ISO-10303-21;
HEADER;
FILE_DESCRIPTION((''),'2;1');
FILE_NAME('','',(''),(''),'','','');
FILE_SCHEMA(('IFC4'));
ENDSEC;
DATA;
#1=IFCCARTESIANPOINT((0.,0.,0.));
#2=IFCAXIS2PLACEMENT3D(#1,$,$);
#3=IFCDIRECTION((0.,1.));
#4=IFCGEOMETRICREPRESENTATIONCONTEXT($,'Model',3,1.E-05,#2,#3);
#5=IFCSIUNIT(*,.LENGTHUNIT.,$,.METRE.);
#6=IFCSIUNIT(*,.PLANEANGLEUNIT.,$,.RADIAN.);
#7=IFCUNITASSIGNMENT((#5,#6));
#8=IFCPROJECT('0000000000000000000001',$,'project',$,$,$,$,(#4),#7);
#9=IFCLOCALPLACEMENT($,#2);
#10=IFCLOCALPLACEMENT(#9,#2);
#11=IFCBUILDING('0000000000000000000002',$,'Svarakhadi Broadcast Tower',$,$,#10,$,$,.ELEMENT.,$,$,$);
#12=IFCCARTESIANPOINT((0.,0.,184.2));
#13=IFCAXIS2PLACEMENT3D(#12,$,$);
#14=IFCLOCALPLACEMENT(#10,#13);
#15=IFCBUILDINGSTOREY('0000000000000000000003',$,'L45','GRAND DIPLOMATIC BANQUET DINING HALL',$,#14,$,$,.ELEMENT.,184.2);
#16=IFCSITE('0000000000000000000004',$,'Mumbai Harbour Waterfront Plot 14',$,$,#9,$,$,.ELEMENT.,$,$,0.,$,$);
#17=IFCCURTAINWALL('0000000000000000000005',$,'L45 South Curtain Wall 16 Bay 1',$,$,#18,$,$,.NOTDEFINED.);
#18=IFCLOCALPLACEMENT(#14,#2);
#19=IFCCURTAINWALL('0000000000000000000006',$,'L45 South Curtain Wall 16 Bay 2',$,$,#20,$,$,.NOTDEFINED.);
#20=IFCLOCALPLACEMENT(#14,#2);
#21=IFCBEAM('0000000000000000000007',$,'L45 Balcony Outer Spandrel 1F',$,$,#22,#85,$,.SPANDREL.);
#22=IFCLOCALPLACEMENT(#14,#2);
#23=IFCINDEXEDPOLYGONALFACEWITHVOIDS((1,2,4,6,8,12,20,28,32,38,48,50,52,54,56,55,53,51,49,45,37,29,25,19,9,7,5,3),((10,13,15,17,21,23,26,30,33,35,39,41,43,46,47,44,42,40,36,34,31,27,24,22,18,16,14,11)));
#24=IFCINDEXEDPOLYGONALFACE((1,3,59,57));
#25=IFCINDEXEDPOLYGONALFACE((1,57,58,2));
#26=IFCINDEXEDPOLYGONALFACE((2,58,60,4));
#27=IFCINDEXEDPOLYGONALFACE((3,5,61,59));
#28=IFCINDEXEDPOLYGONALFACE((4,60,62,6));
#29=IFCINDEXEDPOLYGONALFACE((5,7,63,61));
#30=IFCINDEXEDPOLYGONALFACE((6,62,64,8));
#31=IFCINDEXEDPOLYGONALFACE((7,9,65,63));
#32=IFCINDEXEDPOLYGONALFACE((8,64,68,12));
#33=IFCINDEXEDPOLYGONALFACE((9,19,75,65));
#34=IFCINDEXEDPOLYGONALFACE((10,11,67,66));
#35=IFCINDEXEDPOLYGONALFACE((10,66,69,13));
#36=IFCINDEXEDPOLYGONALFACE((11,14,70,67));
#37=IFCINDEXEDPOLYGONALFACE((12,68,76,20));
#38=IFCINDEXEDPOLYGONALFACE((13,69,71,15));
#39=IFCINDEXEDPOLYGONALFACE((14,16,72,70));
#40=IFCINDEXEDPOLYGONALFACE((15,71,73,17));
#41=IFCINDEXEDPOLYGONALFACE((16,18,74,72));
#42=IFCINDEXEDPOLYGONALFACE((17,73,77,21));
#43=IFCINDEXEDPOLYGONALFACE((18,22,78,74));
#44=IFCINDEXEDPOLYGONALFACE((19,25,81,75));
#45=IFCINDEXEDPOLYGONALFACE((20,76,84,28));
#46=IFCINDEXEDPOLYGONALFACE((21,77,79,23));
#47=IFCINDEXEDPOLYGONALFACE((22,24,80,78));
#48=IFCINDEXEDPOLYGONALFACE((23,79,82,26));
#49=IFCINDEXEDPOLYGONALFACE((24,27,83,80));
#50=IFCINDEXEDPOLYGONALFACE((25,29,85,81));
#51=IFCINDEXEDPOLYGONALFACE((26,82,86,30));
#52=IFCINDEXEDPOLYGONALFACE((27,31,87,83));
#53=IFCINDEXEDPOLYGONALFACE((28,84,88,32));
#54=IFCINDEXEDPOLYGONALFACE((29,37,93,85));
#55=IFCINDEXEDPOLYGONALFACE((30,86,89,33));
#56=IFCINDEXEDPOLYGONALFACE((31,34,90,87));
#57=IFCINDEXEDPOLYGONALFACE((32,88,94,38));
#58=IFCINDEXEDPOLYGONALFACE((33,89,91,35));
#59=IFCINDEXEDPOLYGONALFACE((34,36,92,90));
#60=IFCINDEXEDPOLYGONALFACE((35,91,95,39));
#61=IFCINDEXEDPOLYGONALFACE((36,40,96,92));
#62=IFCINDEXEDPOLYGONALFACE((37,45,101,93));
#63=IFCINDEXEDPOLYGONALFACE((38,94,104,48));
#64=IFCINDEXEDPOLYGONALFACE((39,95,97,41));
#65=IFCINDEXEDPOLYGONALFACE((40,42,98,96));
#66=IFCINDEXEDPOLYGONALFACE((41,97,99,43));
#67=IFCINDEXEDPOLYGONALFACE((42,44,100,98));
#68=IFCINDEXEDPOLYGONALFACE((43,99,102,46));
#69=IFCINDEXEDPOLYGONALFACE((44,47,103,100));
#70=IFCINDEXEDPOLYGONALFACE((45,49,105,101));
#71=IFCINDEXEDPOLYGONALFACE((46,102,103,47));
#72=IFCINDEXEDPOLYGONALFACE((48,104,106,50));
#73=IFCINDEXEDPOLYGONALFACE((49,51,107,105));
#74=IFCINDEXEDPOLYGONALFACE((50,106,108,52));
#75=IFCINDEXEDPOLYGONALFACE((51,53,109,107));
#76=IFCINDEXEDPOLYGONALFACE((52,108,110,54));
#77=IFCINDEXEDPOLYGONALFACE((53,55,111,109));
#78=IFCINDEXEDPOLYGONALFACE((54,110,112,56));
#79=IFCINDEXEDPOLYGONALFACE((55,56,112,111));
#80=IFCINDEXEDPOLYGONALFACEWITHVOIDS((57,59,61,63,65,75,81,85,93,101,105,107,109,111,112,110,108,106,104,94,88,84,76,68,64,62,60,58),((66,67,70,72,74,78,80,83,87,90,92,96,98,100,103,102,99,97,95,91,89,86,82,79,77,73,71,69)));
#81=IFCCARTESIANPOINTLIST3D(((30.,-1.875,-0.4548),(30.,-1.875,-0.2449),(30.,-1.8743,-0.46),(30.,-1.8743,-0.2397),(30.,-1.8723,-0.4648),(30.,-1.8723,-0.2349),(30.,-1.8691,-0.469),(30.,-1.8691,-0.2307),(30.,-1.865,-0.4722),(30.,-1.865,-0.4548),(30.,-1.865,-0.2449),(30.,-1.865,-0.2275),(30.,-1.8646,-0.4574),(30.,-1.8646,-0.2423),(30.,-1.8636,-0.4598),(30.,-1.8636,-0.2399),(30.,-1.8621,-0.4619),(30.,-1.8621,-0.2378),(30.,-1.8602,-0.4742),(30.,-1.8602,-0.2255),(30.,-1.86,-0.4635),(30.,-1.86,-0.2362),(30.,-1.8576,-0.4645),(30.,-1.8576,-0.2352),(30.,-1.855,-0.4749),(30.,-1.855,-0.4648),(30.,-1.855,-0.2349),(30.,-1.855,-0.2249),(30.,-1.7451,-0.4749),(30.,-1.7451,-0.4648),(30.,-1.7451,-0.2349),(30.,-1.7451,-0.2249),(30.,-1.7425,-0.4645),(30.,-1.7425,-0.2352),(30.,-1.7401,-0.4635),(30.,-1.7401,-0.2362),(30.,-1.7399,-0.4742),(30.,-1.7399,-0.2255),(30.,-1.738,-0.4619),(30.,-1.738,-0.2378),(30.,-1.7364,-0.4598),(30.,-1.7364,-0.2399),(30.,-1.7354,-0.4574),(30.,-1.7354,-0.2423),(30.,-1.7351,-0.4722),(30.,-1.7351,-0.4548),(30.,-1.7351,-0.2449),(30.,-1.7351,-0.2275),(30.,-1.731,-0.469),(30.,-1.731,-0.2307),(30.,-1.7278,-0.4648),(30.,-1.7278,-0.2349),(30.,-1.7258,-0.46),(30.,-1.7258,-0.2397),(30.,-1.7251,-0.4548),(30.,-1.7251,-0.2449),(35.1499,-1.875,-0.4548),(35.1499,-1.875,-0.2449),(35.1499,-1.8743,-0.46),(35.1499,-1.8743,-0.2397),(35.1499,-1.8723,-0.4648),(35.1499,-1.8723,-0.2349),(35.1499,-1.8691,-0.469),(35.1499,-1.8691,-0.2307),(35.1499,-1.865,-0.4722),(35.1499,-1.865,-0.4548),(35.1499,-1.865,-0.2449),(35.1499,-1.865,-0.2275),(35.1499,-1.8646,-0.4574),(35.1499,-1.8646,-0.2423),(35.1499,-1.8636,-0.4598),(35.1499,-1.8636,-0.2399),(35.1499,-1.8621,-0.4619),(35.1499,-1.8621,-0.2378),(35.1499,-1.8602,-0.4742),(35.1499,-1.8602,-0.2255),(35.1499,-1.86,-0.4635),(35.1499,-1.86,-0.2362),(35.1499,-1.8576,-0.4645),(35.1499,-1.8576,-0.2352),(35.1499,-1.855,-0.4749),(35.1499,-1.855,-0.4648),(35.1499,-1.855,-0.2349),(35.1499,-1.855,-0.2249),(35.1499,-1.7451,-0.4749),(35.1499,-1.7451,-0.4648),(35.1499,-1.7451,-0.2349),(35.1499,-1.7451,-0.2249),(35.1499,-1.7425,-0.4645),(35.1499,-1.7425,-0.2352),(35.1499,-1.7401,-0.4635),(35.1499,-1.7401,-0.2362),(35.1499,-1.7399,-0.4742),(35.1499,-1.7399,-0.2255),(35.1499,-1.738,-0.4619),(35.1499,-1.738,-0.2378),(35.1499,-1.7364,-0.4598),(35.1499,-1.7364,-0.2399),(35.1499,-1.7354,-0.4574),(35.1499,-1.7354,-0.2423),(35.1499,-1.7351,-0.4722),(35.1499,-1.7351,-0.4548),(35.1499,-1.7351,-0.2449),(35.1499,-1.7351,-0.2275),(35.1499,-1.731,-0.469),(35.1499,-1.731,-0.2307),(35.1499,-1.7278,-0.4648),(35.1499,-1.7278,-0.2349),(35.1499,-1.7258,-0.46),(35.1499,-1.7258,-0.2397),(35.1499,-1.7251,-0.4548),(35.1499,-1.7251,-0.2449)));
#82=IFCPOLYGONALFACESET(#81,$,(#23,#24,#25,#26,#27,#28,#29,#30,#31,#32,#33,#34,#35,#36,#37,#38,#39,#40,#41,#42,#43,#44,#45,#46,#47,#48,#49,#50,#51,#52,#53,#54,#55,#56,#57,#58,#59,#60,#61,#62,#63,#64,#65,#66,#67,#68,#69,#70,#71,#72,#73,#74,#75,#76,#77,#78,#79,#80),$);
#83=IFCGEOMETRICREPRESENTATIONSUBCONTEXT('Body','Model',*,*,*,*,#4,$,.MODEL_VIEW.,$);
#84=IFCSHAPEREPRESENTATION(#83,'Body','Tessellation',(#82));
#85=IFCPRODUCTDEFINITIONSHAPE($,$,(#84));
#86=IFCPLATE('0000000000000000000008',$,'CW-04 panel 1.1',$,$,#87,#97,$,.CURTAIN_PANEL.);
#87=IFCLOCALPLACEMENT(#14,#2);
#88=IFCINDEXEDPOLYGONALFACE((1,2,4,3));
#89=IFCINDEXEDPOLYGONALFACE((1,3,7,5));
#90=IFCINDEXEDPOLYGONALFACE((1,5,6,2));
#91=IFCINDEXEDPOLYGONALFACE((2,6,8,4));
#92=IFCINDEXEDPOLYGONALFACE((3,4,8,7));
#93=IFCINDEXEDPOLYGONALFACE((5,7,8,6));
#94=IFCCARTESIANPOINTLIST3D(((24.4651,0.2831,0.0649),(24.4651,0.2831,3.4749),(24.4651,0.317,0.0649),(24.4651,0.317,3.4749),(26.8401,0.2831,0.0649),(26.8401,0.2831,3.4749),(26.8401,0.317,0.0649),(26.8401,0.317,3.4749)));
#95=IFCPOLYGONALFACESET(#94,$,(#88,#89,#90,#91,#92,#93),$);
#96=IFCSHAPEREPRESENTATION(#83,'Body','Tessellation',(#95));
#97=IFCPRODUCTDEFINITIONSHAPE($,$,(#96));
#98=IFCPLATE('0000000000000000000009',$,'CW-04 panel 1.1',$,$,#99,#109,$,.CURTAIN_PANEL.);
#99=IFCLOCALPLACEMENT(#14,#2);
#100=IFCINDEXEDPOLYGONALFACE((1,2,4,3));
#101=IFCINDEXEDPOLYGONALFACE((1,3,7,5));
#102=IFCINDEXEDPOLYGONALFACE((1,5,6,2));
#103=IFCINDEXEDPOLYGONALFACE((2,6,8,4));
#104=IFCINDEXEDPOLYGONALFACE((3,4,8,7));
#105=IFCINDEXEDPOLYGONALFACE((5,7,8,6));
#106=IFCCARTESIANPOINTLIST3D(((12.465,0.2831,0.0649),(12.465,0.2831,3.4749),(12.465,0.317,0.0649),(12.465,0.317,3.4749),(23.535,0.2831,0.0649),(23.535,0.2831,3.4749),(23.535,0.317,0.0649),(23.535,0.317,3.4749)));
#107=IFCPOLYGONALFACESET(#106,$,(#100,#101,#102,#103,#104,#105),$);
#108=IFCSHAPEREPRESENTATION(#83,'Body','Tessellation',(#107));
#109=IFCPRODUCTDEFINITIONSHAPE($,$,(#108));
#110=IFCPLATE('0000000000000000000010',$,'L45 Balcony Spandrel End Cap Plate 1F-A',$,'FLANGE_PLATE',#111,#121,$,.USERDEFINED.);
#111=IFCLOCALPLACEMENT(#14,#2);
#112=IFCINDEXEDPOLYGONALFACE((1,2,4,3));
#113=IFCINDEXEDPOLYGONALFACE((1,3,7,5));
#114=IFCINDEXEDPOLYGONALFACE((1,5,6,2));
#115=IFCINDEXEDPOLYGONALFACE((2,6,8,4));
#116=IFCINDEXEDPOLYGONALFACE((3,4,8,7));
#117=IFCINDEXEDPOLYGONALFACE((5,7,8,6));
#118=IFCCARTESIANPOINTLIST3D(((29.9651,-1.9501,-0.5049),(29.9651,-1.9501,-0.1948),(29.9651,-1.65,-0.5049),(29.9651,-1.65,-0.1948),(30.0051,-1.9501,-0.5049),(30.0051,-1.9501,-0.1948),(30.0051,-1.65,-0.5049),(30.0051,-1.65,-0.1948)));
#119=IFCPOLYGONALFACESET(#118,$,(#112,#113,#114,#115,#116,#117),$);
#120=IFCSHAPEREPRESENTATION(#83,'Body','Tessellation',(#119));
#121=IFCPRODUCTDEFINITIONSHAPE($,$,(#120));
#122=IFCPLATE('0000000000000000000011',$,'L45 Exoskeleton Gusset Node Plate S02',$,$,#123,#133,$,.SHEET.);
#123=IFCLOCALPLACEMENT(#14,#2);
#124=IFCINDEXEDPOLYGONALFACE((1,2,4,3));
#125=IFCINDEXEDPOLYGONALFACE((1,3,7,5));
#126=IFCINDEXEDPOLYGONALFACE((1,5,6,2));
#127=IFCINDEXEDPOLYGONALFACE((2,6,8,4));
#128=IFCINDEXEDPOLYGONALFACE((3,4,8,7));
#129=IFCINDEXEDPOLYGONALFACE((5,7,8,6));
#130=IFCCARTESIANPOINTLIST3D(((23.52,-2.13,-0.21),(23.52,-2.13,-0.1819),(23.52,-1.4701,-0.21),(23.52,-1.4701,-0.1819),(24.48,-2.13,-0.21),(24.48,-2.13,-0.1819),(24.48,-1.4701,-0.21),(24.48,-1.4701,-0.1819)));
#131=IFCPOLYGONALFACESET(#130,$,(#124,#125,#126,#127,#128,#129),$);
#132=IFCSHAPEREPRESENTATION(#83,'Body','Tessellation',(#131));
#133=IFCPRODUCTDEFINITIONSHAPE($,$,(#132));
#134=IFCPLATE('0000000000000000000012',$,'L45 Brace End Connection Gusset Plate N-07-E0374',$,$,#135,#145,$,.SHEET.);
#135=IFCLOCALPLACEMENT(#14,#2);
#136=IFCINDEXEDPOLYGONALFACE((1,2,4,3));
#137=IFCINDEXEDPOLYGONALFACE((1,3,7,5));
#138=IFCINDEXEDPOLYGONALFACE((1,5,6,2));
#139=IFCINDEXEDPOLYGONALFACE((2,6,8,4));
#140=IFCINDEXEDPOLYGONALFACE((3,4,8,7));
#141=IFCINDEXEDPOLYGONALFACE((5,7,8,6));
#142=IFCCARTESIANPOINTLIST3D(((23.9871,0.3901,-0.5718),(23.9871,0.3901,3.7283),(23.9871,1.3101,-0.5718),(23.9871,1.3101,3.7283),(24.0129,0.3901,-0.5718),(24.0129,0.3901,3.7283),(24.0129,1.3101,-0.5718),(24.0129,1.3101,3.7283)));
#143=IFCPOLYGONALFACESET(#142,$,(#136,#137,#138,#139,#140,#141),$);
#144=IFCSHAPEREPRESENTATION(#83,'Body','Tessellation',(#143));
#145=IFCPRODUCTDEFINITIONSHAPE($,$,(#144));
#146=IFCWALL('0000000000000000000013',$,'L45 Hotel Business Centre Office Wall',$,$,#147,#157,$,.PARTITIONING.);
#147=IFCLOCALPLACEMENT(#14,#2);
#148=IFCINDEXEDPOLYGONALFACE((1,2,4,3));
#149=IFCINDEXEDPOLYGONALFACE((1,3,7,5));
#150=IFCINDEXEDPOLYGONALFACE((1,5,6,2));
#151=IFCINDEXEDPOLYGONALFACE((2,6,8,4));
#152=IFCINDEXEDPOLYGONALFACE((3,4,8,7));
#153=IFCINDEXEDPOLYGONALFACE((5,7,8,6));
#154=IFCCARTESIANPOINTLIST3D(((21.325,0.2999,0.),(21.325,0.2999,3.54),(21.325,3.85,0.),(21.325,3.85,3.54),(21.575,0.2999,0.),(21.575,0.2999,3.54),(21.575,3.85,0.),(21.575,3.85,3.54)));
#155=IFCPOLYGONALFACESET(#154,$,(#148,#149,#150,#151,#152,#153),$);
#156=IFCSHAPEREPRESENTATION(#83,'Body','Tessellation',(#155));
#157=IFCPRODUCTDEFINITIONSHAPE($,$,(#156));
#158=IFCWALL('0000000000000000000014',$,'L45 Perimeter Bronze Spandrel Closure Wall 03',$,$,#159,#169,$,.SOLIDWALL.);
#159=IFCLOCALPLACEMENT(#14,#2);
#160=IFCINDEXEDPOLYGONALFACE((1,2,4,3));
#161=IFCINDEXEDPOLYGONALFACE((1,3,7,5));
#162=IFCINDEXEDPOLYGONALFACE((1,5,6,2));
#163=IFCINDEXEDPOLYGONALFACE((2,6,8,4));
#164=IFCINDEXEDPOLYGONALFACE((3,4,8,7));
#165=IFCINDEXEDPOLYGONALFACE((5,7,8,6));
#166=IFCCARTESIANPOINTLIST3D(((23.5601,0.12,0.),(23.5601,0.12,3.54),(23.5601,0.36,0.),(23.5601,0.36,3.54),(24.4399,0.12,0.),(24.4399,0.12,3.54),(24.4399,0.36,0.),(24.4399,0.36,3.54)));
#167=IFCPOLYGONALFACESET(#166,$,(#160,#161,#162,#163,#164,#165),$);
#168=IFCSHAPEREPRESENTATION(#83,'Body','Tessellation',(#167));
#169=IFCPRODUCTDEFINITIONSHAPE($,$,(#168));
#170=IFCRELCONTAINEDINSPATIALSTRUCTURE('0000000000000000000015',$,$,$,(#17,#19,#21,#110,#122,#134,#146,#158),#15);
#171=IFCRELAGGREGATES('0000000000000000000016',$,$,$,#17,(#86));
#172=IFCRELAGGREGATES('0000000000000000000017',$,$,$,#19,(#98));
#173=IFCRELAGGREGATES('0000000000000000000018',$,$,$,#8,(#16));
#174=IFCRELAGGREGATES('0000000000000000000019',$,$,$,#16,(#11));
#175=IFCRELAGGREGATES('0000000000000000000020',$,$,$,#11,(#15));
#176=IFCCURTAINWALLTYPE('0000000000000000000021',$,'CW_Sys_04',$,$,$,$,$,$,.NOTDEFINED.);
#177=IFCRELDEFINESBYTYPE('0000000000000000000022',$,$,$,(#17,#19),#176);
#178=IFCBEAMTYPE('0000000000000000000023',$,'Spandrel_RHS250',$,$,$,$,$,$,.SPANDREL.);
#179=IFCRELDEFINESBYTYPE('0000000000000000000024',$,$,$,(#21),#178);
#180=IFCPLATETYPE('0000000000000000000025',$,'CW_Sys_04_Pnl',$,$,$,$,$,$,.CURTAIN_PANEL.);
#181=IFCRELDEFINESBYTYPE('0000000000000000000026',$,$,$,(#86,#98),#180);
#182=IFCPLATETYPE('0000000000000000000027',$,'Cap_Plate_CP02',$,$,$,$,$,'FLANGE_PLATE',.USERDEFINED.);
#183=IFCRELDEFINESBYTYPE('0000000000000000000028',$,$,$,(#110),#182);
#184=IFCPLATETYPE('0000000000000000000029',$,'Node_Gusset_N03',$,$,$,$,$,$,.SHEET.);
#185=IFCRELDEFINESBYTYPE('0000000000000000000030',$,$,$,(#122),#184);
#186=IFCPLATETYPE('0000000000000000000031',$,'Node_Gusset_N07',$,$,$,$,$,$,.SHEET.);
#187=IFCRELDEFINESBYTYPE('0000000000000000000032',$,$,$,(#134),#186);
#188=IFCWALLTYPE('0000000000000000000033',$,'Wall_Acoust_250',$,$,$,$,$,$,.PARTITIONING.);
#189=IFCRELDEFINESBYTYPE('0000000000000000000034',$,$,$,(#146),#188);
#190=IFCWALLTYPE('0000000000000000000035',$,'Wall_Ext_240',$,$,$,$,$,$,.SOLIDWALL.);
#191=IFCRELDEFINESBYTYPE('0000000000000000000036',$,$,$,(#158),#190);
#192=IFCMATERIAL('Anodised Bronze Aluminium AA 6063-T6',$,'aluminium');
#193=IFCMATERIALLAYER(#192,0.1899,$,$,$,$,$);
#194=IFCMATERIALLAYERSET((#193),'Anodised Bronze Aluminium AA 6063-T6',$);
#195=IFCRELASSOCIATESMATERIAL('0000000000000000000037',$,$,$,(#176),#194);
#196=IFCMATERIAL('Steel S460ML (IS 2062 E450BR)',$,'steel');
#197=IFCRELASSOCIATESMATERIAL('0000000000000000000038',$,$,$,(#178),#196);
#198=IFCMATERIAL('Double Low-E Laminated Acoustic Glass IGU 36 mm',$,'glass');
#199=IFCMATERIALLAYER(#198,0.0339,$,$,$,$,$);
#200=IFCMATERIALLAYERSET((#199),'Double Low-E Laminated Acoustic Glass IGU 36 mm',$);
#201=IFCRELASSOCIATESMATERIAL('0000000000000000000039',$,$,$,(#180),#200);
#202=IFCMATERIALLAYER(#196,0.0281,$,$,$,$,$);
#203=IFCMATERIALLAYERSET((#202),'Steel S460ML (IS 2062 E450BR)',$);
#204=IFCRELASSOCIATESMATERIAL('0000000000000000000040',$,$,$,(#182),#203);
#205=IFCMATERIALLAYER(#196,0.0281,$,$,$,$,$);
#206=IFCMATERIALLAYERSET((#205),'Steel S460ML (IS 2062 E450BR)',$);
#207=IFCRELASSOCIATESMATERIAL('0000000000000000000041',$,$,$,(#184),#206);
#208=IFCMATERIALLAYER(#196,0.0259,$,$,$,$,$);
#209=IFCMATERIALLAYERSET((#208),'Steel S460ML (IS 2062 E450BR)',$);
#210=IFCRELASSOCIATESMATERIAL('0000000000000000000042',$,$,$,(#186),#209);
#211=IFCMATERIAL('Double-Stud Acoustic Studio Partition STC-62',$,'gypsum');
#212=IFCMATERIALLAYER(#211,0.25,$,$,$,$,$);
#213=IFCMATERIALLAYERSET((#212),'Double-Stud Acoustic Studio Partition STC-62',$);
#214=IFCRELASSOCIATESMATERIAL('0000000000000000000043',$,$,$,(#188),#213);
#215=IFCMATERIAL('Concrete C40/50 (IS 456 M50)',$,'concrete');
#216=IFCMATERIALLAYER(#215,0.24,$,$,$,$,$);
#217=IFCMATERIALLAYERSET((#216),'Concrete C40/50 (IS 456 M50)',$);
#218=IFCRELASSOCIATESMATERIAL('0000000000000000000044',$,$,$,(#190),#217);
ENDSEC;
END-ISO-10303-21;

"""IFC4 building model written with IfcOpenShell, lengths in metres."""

from ifc_helpers import new_model, si_unit, direction, frame, frame_2d, origin, origin_2d, place, context, subcontext, project, spatial, rectangle, hollow_rectangle, extrude, material, layer, layer_set, material_profile, profile_set, type_object, element, aggregate, save


model = new_model("IFC4")

# Units and contexts
model_context = context("Model", 3, precision=1e-05, world=origin(), true_north=direction((0.0, 1.0)))
body_context = subcontext(model_context, "Body", "Model", "MODEL_VIEW")
ifc_project = project(units=[si_unit("LENGTHUNIT", "METRE"), si_unit("PLANEANGLEUNIT", "RADIAN")], contexts=[model_context])

# Site, building, storey
site_placement = place(None, origin())
site = spatial("IfcSite", under=ifc_project, at=site_placement, Name="Mumbai Harbour Waterfront Plot 14", CompositionType="ELEMENT", RefElevation=0.0)
building_placement = place(site_placement, origin())
building = spatial("IfcBuilding", under=site, at=building_placement, Name="Svarakhadi Broadcast Tower", CompositionType="ELEMENT")
storey_placement = place(building_placement, frame((0.0, 0.0, 184.2)))
storey = spatial("IfcBuildingStorey", under=building, at=storey_placement, Name="L45", Description="GRAND DIPLOMATIC BANQUET DINING HALL", CompositionType="ELEMENT", Elevation=184.2)

# Shared definitions
ifc_material_1 = material(Name="Steel S460ML (IS 2062 E450BR)", Category="steel")

# Curtain wall
ifc_material_2 = material(Name="Anodised Bronze Aluminium AA 6063-T6", Category="aluminium")
ifc_layer_1 = layer(ifc_material_2, 0.1899)
ifc_layer_set_1 = layer_set([ifc_layer_1], Name="Anodised Bronze Aluminium AA 6063-T6")
curtain_wall_type = type_object("IfcCurtainWallType", Name="CW_Sys_04", PredefinedType="NOTDEFINED", material=ifc_layer_set_1)
curtain_wall_1_placement = place(storey_placement, origin())
curtain_wall_1 = element("IfcCurtainWall", 1, at=curtain_wall_1_placement, inside=storey, type_object=curtain_wall_type, Name="L45 South Curtain Wall 16 Bay 1", PredefinedType="NOTDEFINED")

# Curtain wall
curtain_wall_2_placement = place(storey_placement, origin())
curtain_wall_2 = element("IfcCurtainWall", 2, at=curtain_wall_2_placement, inside=storey, type_object=curtain_wall_type, Name="L45 South Curtain Wall 16 Bay 2", PredefinedType="NOTDEFINED")

# Beam
ifc_material_profile_1 = material_profile(ifc_material_1, hollow_rectangle(XDim=0.1499, YDim=0.25, WallThickness=0.01, InnerFilletRadius=0.01, OuterFilletRadius=0.02, at=origin_2d()), Name="RHS 250x150x10")
ifc_profile_set_1 = profile_set([ifc_material_profile_1], Name="Steel S460ML (IS 2062 E450BR)")
beam_type_1 = type_object("IfcBeamType", Name="Spandrel_RHS250", PredefinedType="SPANDREL", material=ifc_profile_set_1)
beam_placement = place(storey_placement, frame((30.0, -1.8, -0.3499), z_axis=(1.0, 0.0, 0.0), x_axis=(0.0, 1.0, 0.0)))
element("IfcBeam", 3, at=beam_placement, inside=storey, type_object=beam_type_1, Name="L45 Balcony Outer Spandrel 1F", PredefinedType="SPANDREL", context=body_context, shape_type="SweptSolid", body=[
    extrude(hollow_rectangle(XDim=0.1499, YDim=0.25, WallThickness=0.01, InnerFilletRadius=0.01, OuterFilletRadius=0.02, at=origin_2d()), origin(), (0.0, 0.0, 1.0), 5.1499),
])

# Plates
ifc_material_3 = material(Name="Double Low-E Laminated Acoustic Glass IGU 36 mm", Category="glass")
ifc_layer_2 = layer(ifc_material_3, 0.0339)
ifc_layer_set_2 = layer_set([ifc_layer_2], Name="Double Low-E Laminated Acoustic Glass IGU 36 mm")
plate_type_1 = type_object("IfcPlateType", Name="CW_Sys_04_Pnl", PredefinedType="CURTAIN_PANEL", material=ifc_layer_set_2)
plate_1_placement = place(storey_placement, frame((25.6526, 0.3, 0.0649), z_axis=(0.0, 0.0, 1.0), x_axis=(-1.0, 0.0, 0.0)))
plate_1 = element("IfcPlate", 4, at=plate_1_placement, type_object=plate_type_1, Name="CW-04 panel 1.1", PredefinedType="CURTAIN_PANEL", context=body_context, shape_type="SweptSolid", body=[
    extrude(rectangle(XDim=2.375, YDim=0.0339, at=origin_2d()), origin(), (0.0, 0.0, 1.0), 3.4099),
])
aggregate(curtain_wall_1, [plate_1])
plate_2_placement = place(storey_placement, frame((18.0, 0.3, 0.0649), z_axis=(0.0, 0.0, 1.0), x_axis=(-1.0, 0.0, 0.0)))
plate_2 = element("IfcPlate", 5, at=plate_2_placement, type_object=plate_type_1, Name="CW-04 panel 1.1", PredefinedType="CURTAIN_PANEL", context=body_context, shape_type="SweptSolid", body=[
    extrude(rectangle(XDim=11.0701, YDim=0.0339, at=origin_2d()), origin(), (0.0, 0.0, 1.0), 3.4099),
])
aggregate(curtain_wall_2, [plate_2])

# Plates
ifc_layer_3 = layer(ifc_material_1, 0.0281)
ifc_layer_set_3 = layer_set([ifc_layer_3], Name="Steel S460ML (IS 2062 E450BR)")
plate_type_2 = type_object("IfcPlateType", Name="Cap_Plate_CP02", ElementType="FLANGE_PLATE", PredefinedType="USERDEFINED", material=ifc_layer_set_3)
plate_3_placement = place(storey_placement, frame((29.9851, -1.8, -0.5049), z_axis=(0.0, 0.0, 1.0), x_axis=(1.0, 0.0, 0.0)))
element("IfcPlate", 6, at=plate_3_placement, inside=storey, type_object=plate_type_2, Name="L45 Balcony Spandrel End Cap Plate 1F-A", ObjectType="FLANGE_PLATE", PredefinedType="USERDEFINED", context=body_context, shape_type="SweptSolid", body=[
    extrude(rectangle(XDim=0.04, YDim=0.3, at=origin_2d()), origin(), (0.0, 0.0, 1.0), 0.3101),
])
ifc_layer_4 = layer(ifc_material_1, 0.0281)
ifc_layer_set_4 = layer_set([ifc_layer_4], Name="Steel S460ML (IS 2062 E450BR)")
plate_type_3 = type_object("IfcPlateType", Name="Node_Gusset_N03", PredefinedType="SHEET", material=ifc_layer_set_4)
plate_4_placement = place(storey_placement, frame((24.0, -1.8, -0.21), z_axis=(0.0, 0.0, 1.0), x_axis=(1.0, 0.0, 0.0)))
element("IfcPlate", 7, at=plate_4_placement, inside=storey, type_object=plate_type_3, Name="L45 Exoskeleton Gusset Node Plate S02", PredefinedType="SHEET", context=body_context, shape_type="SweptSolid", body=[
    extrude(rectangle(XDim=0.96, YDim=0.6599, at=origin_2d()), origin(), (0.0, 0.0, 1.0), 0.0281),
])
ifc_layer_5 = layer(ifc_material_1, 0.0259)
ifc_layer_set_5 = layer_set([ifc_layer_5], Name="Steel S460ML (IS 2062 E450BR)")
plate_type_4 = type_object("IfcPlateType", Name="Node_Gusset_N07", PredefinedType="SHEET", material=ifc_layer_set_5)
plate_5_placement = place(storey_placement, frame((24.0, 0.8501, -0.5718), z_axis=(0.0, 0.0, 1.0), x_axis=(0.0, 1.0, 0.0)))
element("IfcPlate", 8, at=plate_5_placement, inside=storey, type_object=plate_type_4, Name="L45 Brace End Connection Gusset Plate N-07-E0374", PredefinedType="SHEET", context=body_context, shape_type="SweptSolid", body=[
    extrude(rectangle(XDim=0.9199, YDim=0.0259, at=origin_2d()), origin(), (0.0, 0.0, 1.0), 4.3),
])

# Walls
ifc_material_4 = material(Name="Double-Stud Acoustic Studio Partition STC-62", Category="gypsum")
ifc_layer_6 = layer(ifc_material_4, 0.25)
ifc_layer_set_6 = layer_set([ifc_layer_6], Name="Double-Stud Acoustic Studio Partition STC-62")
wall_type_1 = type_object("IfcWallType", Name="Wall_Acoust_250", PredefinedType="PARTITIONING", material=ifc_layer_set_6)
wall_1_placement = place(storey_placement, frame((21.45, 0.3, 0.0), z_axis=(0.0, 0.0, 1.0), x_axis=(0.0, 1.0, 0.0)))
element("IfcWall", 9, at=wall_1_placement, inside=storey, type_object=wall_type_1, Name="L45 Hotel Business Centre Office Wall", PredefinedType="PARTITIONING", context=body_context, shape_type="SweptSolid", body=[
    extrude(rectangle(XDim=3.55, YDim=0.25, at=frame_2d((1.7749, 0.0))), origin(), (0.0, 0.0, 1.0), 3.54),
])
ifc_material_5 = material(Name="Concrete C40/50 (IS 456 M50)", Category="concrete")
ifc_layer_7 = layer(ifc_material_5, 0.24)
ifc_layer_set_7 = layer_set([ifc_layer_7], Name="Concrete C40/50 (IS 456 M50)")
wall_type_2 = type_object("IfcWallType", Name="Wall_Ext_240", PredefinedType="SOLIDWALL", material=ifc_layer_set_7)
wall_2_placement = place(storey_placement, frame((24.4399, 0.24, 0.0), z_axis=(0.0, 0.0, 1.0), x_axis=(-1.0, 0.0, 0.0)))
element("IfcWall", 10, at=wall_2_placement, inside=storey, type_object=wall_type_2, Name="L45 Perimeter Bronze Spandrel Closure Wall 03", PredefinedType="SOLIDWALL", context=body_context, shape_type="SweptSolid", body=[
    extrude(rectangle(XDim=0.8799, YDim=0.24, at=frame_2d((0.4399, 0.0))), origin(), (0.0, 0.0, 1.0), 3.54),
])

save(model, "model.ifc")
